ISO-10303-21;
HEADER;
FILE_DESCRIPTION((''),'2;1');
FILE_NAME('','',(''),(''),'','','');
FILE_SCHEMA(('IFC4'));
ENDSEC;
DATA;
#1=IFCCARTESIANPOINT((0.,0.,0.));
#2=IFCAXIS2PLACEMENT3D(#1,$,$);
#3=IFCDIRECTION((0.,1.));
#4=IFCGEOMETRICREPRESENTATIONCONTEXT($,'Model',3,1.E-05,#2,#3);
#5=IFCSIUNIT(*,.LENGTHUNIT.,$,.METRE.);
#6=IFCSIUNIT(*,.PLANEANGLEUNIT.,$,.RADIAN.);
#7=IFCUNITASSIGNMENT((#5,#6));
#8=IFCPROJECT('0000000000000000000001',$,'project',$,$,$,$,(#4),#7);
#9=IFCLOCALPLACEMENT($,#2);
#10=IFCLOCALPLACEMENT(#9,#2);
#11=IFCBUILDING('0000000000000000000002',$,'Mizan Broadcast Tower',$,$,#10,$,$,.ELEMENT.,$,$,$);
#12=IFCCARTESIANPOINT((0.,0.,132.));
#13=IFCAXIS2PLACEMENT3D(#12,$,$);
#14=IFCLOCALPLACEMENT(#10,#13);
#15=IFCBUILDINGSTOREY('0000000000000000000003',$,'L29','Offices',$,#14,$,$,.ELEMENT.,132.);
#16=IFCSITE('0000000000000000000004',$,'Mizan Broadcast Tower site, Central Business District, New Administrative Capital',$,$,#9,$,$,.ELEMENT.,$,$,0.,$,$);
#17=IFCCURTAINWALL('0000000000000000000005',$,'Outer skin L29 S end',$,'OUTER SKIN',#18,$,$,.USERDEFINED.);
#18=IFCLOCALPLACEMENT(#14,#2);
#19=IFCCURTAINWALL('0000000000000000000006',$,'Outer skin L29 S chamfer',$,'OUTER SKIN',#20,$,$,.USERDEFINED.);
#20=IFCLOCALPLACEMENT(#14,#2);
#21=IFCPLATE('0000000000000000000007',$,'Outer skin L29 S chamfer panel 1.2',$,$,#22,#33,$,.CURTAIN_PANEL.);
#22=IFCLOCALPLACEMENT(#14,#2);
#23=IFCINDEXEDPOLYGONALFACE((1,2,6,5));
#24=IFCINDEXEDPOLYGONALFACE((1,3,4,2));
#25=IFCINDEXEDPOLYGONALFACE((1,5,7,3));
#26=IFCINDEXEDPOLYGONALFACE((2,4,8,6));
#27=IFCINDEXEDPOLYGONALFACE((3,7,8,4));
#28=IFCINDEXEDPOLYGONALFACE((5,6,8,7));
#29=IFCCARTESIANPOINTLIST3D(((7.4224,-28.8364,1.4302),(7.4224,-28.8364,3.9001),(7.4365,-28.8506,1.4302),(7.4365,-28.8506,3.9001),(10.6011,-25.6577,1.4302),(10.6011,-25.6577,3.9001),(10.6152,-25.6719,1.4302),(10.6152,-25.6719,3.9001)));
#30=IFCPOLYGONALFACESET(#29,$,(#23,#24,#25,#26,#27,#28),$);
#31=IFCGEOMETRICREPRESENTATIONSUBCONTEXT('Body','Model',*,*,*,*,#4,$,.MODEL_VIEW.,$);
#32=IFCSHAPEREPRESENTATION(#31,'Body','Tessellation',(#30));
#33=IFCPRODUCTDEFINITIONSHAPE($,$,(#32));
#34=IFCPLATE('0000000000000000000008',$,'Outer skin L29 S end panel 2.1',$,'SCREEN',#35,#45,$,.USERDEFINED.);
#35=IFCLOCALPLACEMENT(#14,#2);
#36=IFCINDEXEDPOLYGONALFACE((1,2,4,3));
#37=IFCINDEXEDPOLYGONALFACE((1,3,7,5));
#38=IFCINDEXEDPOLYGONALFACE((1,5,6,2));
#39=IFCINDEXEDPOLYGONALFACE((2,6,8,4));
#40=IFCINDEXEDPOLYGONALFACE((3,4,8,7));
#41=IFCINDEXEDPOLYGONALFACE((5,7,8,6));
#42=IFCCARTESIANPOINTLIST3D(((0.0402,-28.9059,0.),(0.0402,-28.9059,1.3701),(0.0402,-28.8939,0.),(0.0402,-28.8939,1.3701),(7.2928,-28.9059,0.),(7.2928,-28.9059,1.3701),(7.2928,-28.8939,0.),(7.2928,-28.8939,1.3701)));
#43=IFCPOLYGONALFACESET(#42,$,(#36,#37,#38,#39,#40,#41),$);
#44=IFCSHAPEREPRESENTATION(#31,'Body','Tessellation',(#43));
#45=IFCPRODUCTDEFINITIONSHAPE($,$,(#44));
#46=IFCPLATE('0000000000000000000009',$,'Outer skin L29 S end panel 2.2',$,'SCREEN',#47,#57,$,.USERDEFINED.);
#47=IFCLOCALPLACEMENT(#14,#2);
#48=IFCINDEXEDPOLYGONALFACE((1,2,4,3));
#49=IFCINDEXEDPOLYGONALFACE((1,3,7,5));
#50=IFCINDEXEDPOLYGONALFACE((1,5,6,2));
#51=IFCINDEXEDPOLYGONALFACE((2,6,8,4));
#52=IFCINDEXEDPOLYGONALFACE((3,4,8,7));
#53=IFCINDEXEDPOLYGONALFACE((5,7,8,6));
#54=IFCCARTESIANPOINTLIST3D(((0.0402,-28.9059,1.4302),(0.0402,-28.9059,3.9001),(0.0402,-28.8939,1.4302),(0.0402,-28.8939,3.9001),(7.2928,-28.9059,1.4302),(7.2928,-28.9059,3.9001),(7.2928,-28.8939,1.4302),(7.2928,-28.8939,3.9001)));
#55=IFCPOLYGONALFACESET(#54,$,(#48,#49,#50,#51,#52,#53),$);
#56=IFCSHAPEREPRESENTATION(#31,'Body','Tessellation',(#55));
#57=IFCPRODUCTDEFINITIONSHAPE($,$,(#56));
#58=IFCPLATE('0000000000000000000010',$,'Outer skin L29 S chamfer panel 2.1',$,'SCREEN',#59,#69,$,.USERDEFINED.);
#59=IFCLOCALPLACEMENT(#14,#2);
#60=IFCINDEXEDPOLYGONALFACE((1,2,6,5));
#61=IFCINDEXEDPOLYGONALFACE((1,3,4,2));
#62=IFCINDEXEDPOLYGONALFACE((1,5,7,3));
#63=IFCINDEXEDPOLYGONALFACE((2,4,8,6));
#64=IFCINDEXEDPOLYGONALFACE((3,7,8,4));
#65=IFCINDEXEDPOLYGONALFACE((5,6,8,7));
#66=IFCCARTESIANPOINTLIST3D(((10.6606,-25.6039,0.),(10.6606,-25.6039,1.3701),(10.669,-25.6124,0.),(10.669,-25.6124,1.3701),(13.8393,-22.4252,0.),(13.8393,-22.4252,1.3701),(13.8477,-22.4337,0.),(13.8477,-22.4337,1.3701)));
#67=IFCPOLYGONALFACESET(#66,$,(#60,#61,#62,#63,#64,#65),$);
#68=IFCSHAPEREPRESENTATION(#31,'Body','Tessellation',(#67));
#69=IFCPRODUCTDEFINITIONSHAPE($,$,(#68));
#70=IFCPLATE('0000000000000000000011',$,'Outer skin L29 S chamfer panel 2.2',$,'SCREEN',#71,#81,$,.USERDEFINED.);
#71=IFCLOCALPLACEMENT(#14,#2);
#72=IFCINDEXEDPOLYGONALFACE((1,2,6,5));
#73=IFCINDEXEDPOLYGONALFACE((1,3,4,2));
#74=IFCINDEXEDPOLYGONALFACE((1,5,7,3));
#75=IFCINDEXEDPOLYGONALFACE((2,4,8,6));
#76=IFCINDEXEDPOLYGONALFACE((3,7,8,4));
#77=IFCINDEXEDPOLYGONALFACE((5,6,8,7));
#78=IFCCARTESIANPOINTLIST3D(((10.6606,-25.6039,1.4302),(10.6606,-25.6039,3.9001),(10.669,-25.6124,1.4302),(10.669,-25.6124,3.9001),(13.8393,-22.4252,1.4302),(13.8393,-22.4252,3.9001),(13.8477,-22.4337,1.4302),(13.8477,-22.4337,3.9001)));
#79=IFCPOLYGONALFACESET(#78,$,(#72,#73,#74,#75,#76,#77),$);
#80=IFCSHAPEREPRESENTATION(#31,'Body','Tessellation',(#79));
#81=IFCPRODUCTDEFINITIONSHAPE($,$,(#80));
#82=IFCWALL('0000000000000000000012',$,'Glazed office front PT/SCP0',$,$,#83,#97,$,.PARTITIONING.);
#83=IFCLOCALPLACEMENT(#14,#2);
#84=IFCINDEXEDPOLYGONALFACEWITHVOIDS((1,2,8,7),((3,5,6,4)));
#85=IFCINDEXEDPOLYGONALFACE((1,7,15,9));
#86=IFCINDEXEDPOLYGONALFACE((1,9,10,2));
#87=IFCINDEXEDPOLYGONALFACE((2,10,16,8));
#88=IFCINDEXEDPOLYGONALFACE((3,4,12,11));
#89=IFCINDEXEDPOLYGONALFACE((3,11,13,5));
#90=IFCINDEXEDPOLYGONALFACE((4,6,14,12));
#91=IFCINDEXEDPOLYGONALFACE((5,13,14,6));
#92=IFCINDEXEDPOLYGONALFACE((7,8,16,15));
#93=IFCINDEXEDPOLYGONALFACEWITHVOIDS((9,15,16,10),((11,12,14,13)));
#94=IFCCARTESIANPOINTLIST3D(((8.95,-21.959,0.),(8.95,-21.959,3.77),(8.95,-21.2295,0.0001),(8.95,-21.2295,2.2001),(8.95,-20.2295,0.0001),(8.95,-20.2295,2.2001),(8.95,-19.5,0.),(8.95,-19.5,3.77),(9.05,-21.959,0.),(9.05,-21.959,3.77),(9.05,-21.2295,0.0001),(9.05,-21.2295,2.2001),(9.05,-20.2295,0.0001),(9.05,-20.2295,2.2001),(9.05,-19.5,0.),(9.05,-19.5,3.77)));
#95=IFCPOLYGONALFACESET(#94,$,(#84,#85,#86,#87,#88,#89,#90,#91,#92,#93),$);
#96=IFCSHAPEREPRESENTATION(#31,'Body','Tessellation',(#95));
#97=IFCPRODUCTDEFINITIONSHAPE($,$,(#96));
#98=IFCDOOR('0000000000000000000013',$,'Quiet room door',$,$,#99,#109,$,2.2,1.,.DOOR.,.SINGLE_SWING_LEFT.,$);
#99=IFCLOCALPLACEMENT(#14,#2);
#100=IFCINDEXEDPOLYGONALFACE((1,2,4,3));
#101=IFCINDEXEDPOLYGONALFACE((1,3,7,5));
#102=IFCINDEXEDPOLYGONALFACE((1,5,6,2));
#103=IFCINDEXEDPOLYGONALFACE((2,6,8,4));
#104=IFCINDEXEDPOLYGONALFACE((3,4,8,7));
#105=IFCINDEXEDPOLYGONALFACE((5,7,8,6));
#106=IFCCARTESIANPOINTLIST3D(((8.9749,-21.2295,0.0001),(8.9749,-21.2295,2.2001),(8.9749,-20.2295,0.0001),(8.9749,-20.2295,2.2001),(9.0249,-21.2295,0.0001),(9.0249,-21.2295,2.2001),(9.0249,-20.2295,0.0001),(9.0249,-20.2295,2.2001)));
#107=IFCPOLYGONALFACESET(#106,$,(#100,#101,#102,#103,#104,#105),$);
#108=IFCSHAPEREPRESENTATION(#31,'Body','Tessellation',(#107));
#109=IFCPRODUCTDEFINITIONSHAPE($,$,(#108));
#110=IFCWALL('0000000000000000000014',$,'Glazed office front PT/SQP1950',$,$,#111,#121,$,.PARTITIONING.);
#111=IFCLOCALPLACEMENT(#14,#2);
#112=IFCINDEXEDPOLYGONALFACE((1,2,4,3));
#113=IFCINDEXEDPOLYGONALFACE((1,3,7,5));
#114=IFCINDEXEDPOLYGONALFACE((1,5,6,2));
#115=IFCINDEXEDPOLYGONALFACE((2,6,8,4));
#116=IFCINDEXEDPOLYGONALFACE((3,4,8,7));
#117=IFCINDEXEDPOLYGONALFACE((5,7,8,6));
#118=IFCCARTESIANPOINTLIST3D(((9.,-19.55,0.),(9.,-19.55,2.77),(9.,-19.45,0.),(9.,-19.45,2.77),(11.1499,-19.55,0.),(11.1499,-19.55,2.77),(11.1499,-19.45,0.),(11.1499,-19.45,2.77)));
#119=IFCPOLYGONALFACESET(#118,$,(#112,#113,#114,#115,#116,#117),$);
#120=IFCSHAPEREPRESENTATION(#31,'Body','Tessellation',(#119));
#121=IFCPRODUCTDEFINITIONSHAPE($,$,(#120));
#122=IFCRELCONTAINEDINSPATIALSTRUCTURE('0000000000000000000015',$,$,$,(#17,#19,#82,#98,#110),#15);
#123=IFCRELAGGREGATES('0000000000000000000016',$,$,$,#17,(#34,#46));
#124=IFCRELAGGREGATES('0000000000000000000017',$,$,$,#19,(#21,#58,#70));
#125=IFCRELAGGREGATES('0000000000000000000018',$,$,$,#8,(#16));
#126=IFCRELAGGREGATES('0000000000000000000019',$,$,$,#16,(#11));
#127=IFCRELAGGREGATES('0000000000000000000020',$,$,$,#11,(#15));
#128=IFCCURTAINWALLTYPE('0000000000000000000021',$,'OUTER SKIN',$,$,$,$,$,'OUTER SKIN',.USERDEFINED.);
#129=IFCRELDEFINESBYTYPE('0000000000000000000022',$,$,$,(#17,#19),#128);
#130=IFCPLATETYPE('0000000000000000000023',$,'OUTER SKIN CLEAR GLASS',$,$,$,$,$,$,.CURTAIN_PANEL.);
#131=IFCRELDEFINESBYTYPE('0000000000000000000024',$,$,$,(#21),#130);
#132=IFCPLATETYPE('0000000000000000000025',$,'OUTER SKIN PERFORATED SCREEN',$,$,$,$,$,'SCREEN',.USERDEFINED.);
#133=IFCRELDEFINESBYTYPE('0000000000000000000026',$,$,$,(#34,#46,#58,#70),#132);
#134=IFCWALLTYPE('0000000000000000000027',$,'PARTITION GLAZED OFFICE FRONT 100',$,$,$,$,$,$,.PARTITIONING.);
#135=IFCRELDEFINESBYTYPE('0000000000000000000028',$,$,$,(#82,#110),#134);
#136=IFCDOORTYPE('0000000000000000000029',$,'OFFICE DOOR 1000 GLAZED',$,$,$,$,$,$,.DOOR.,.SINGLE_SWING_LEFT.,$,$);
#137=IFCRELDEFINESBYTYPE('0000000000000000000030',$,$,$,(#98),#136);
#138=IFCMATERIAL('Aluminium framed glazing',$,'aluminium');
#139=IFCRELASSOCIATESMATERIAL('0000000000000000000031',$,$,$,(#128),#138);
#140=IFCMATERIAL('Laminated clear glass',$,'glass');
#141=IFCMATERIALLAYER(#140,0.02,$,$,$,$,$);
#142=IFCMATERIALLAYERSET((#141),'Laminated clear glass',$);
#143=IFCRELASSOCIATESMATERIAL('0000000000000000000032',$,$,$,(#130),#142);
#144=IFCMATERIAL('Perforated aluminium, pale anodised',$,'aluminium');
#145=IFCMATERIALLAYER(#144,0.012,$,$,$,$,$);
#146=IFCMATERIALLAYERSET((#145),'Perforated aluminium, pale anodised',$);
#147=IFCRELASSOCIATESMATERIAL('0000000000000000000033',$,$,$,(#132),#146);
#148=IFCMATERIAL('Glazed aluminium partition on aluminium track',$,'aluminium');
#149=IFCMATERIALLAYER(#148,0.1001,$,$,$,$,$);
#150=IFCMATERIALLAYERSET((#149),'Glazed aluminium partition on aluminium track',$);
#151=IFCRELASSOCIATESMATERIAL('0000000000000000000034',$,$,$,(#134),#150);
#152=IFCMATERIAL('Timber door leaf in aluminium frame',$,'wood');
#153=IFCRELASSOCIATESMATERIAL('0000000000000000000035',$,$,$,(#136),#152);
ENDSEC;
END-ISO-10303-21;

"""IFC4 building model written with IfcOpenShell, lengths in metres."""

from ifc_helpers import new_model, si_unit, direction, frame, frame_2d, origin, origin_2d, place, context, subcontext, project, spatial, rectangle, extrude, material, layer, layer_set, type_object, element, fill, aggregate, save


model = new_model("IFC4")

# Units and contexts
model_context = context("Model", 3, precision=1e-05, world=origin(), true_north=direction((0.0, 1.0)))
body_context = subcontext(model_context, "Body", "Model", "MODEL_VIEW")
ifc_project = project(units=[si_unit("LENGTHUNIT", "METRE"), si_unit("PLANEANGLEUNIT", "RADIAN")], contexts=[model_context])

# Site, building, storey
site_placement = place(None, origin())
site = spatial("IfcSite", under=ifc_project, at=site_placement, Name="Mizan Broadcast Tower site, Central Business District, New Administrative Capital", CompositionType="ELEMENT", RefElevation=0.0)
building_placement = place(site_placement, origin())
building = spatial("IfcBuilding", under=site, at=building_placement, Name="Mizan Broadcast Tower", CompositionType="ELEMENT")
storey_placement = place(building_placement, frame((0.0, 0.0, 132.0)))
storey = spatial("IfcBuildingStorey", under=building, at=storey_placement, Name="L29", Description="Offices", CompositionType="ELEMENT", Elevation=132.0)

# Curtain wall
ifc_material_1 = material(Name="Aluminium framed glazing", Category="aluminium")
curtain_wall_type_1 = type_object("IfcCurtainWallType", Name="OUTER SKIN", ElementType="OUTER SKIN", PredefinedType="USERDEFINED", material=ifc_material_1)
curtain_wall_1_placement = place(storey_placement, origin())
curtain_wall_1 = element("IfcCurtainWall", 1, at=curtain_wall_1_placement, inside=storey, type_object=curtain_wall_type_1, Name="Outer skin L29 S end", ObjectType="OUTER SKIN", PredefinedType="USERDEFINED")

# Curtain wall
curtain_wall_2_placement = place(storey_placement, origin())
curtain_wall_2 = element("IfcCurtainWall", 2, at=curtain_wall_2_placement, inside=storey, type_object=curtain_wall_type_1, Name="Outer skin L29 S chamfer", ObjectType="OUTER SKIN", PredefinedType="USERDEFINED")

# Plates
ifc_material_2 = material(Name="Laminated clear glass", Category="glass")
ifc_layer_1 = layer(ifc_material_2, 0.02)
ifc_layer_set_1 = layer_set([ifc_layer_1], Name="Laminated clear glass")
plate_type_1 = type_object("IfcPlateType", Name="OUTER SKIN CLEAR GLASS", PredefinedType="CURTAIN_PANEL", material=ifc_layer_set_1)
plate_1_placement = place(storey_placement, frame((9.0188, -27.2542, 1.4302), z_axis=(0.0, 0.0, 1.0), x_axis=(0.707107, 0.707107, 0.0)))
plate_1 = element("IfcPlate", 3, at=plate_1_placement, type_object=plate_type_1, Name="Outer skin L29 S chamfer panel 1.2", PredefinedType="CURTAIN_PANEL", context=body_context, shape_type="SweptSolid", body=[
    extrude(rectangle(XDim=4.4954, YDim=0.02, at=origin_2d()), origin(), (0.0, 0.0, 1.0), 2.47),
])
ifc_material_3 = material(Name="Perforated aluminium, pale anodised", Category="aluminium")
ifc_layer_2 = layer(ifc_material_3, 0.012)
ifc_layer_set_2 = layer_set([ifc_layer_2], Name="Perforated aluminium, pale anodised")
plate_type_2 = type_object("IfcPlateType", Name="OUTER SKIN PERFORATED SCREEN", ElementType="SCREEN", PredefinedType="USERDEFINED", material=ifc_layer_set_2)
plate_2_placement = place(storey_placement, frame((3.6665, -28.8999, 0.0), z_axis=(0.0, 0.0, 1.0), x_axis=(1.0, 0.0, 0.0)))
plate_2 = element("IfcPlate", 4, at=plate_2_placement, type_object=plate_type_2, Name="Outer skin L29 S end panel 2.1", ObjectType="SCREEN", PredefinedType="USERDEFINED", context=body_context, shape_type="SweptSolid", body=[
    extrude(rectangle(XDim=7.2527, YDim=0.012, at=origin_2d()), origin(), (0.0, 0.0, 1.0), 1.3701),
])
plate_3_placement = place(storey_placement, frame((3.6665, -28.8999, 1.4302), z_axis=(0.0, 0.0, 1.0), x_axis=(1.0, 0.0, 0.0)))
plate_3 = element("IfcPlate", 5, at=plate_3_placement, type_object=plate_type_2, Name="Outer skin L29 S end panel 2.2", ObjectType="SCREEN", PredefinedType="USERDEFINED", context=body_context, shape_type="SweptSolid", body=[
    extrude(rectangle(XDim=7.2527, YDim=0.012, at=origin_2d()), origin(), (0.0, 0.0, 1.0), 2.47),
])
aggregate(curtain_wall_1, [plate_2, plate_3])
plate_4_placement = place(storey_placement, frame((12.2542, -24.0188, 0.0), z_axis=(0.0, 0.0, 1.0), x_axis=(0.707107, 0.707107, 0.0)))
plate_4 = element("IfcPlate", 6, at=plate_4_placement, type_object=plate_type_2, Name="Outer skin L29 S chamfer panel 2.1", ObjectType="SCREEN", PredefinedType="USERDEFINED", context=body_context, shape_type="SweptSolid", body=[
    extrude(rectangle(XDim=4.4954, YDim=0.012, at=origin_2d()), origin(), (0.0, 0.0, 1.0), 1.3701),
])
plate_5_placement = place(storey_placement, frame((12.2542, -24.0188, 1.4302), z_axis=(0.0, 0.0, 1.0), x_axis=(0.707107, 0.707107, 0.0)))
plate_5 = element("IfcPlate", 7, at=plate_5_placement, type_object=plate_type_2, Name="Outer skin L29 S chamfer panel 2.2", ObjectType="SCREEN", PredefinedType="USERDEFINED", context=body_context, shape_type="SweptSolid", body=[
    extrude(rectangle(XDim=4.4954, YDim=0.012, at=origin_2d()), origin(), (0.0, 0.0, 1.0), 2.47),
])
aggregate(curtain_wall_2, [plate_1, plate_4, plate_5])

# Wall, opening, door
ifc_material_4 = material(Name="Glazed aluminium partition on aluminium track", Category="aluminium")
ifc_layer_3 = layer(ifc_material_4, 0.1001)
ifc_layer_set_3 = layer_set([ifc_layer_3], Name="Glazed aluminium partition on aluminium track")
wall_type = type_object("IfcWallType", Name="PARTITION GLAZED OFFICE FRONT 100", PredefinedType="PARTITIONING", material=ifc_layer_set_3)
wall_1_placement = place(storey_placement, frame((9.0, -19.5, 0.0), z_axis=(0.0, 0.0, 1.0), x_axis=(0.0, -1.0, 0.0)))
wall_1 = element("IfcWall", 8, at=wall_1_placement, inside=storey, type_object=wall_type, Name="Glazed office front PT/SCP0", PredefinedType="PARTITIONING", context=body_context, shape_type="SweptSolid", body=[
    extrude(rectangle(XDim=2.459, YDim=0.1001, at=frame_2d((1.2295, 0.0))), origin(), (0.0, 0.0, 1.0), 3.77),
])
opening_placement = place(wall_1_placement, frame((0.7295, 0.0, 0.0)))
opening = element("IfcOpeningElement", 9, at=opening_placement, cuts=wall_1, PredefinedType="OPENING", context=body_context, shape_type="SweptSolid", body=[
    extrude(rectangle(XDim=1.0, YDim=2.2, at=frame_2d((0.5, 1.1001))), frame((0.0, 0.0601, 0.0), z_axis=(0.0, -1.0, 0.0), x_axis=(1.0, 0.0, 0.0)), (0.0, 0.0, 1.0), 0.1201),
])
ifc_material_5 = material(Name="Timber door leaf in aluminium frame", Category="wood")
door_type = type_object("IfcDoorType", Name="OFFICE DOOR 1000 GLAZED", OperationType="SINGLE_SWING_LEFT", PredefinedType="DOOR", material=ifc_material_5)
door_placement = place(opening_placement, origin())
door = element("IfcDoor", 10, at=door_placement, inside=storey, type_object=door_type, Name="Quiet room door", OperationType="SINGLE_SWING_LEFT", OverallHeight=2.2, OverallWidth=1.0, PredefinedType="DOOR", context=body_context, shape_type="SweptSolid", body=[
    extrude(rectangle(XDim=1.0, YDim=2.2, at=frame_2d((0.5, 1.1001))), frame((0.0, 0.0249, 0.0), z_axis=(0.0, -1.0, 0.0), x_axis=(1.0, 0.0, 0.0)), (0.0, 0.0, 1.0), 0.05),
])
fill(opening, door)

# Wall
wall_2_placement = place(storey_placement, frame((9.0, -19.5, 0.0), z_axis=(0.0, 0.0, 1.0), x_axis=(1.0, 0.0, 0.0)))
element("IfcWall", 11, at=wall_2_placement, inside=storey, type_object=wall_type, Name="Glazed office front PT/SQP1950", PredefinedType="PARTITIONING", context=body_context, shape_type="SweptSolid", body=[
    extrude(rectangle(XDim=2.1499, YDim=0.1001, at=frame_2d((1.075, 0.0))), origin(), (0.0, 0.0, 1.0), 2.77),
])

save(model, "model.ifc")
